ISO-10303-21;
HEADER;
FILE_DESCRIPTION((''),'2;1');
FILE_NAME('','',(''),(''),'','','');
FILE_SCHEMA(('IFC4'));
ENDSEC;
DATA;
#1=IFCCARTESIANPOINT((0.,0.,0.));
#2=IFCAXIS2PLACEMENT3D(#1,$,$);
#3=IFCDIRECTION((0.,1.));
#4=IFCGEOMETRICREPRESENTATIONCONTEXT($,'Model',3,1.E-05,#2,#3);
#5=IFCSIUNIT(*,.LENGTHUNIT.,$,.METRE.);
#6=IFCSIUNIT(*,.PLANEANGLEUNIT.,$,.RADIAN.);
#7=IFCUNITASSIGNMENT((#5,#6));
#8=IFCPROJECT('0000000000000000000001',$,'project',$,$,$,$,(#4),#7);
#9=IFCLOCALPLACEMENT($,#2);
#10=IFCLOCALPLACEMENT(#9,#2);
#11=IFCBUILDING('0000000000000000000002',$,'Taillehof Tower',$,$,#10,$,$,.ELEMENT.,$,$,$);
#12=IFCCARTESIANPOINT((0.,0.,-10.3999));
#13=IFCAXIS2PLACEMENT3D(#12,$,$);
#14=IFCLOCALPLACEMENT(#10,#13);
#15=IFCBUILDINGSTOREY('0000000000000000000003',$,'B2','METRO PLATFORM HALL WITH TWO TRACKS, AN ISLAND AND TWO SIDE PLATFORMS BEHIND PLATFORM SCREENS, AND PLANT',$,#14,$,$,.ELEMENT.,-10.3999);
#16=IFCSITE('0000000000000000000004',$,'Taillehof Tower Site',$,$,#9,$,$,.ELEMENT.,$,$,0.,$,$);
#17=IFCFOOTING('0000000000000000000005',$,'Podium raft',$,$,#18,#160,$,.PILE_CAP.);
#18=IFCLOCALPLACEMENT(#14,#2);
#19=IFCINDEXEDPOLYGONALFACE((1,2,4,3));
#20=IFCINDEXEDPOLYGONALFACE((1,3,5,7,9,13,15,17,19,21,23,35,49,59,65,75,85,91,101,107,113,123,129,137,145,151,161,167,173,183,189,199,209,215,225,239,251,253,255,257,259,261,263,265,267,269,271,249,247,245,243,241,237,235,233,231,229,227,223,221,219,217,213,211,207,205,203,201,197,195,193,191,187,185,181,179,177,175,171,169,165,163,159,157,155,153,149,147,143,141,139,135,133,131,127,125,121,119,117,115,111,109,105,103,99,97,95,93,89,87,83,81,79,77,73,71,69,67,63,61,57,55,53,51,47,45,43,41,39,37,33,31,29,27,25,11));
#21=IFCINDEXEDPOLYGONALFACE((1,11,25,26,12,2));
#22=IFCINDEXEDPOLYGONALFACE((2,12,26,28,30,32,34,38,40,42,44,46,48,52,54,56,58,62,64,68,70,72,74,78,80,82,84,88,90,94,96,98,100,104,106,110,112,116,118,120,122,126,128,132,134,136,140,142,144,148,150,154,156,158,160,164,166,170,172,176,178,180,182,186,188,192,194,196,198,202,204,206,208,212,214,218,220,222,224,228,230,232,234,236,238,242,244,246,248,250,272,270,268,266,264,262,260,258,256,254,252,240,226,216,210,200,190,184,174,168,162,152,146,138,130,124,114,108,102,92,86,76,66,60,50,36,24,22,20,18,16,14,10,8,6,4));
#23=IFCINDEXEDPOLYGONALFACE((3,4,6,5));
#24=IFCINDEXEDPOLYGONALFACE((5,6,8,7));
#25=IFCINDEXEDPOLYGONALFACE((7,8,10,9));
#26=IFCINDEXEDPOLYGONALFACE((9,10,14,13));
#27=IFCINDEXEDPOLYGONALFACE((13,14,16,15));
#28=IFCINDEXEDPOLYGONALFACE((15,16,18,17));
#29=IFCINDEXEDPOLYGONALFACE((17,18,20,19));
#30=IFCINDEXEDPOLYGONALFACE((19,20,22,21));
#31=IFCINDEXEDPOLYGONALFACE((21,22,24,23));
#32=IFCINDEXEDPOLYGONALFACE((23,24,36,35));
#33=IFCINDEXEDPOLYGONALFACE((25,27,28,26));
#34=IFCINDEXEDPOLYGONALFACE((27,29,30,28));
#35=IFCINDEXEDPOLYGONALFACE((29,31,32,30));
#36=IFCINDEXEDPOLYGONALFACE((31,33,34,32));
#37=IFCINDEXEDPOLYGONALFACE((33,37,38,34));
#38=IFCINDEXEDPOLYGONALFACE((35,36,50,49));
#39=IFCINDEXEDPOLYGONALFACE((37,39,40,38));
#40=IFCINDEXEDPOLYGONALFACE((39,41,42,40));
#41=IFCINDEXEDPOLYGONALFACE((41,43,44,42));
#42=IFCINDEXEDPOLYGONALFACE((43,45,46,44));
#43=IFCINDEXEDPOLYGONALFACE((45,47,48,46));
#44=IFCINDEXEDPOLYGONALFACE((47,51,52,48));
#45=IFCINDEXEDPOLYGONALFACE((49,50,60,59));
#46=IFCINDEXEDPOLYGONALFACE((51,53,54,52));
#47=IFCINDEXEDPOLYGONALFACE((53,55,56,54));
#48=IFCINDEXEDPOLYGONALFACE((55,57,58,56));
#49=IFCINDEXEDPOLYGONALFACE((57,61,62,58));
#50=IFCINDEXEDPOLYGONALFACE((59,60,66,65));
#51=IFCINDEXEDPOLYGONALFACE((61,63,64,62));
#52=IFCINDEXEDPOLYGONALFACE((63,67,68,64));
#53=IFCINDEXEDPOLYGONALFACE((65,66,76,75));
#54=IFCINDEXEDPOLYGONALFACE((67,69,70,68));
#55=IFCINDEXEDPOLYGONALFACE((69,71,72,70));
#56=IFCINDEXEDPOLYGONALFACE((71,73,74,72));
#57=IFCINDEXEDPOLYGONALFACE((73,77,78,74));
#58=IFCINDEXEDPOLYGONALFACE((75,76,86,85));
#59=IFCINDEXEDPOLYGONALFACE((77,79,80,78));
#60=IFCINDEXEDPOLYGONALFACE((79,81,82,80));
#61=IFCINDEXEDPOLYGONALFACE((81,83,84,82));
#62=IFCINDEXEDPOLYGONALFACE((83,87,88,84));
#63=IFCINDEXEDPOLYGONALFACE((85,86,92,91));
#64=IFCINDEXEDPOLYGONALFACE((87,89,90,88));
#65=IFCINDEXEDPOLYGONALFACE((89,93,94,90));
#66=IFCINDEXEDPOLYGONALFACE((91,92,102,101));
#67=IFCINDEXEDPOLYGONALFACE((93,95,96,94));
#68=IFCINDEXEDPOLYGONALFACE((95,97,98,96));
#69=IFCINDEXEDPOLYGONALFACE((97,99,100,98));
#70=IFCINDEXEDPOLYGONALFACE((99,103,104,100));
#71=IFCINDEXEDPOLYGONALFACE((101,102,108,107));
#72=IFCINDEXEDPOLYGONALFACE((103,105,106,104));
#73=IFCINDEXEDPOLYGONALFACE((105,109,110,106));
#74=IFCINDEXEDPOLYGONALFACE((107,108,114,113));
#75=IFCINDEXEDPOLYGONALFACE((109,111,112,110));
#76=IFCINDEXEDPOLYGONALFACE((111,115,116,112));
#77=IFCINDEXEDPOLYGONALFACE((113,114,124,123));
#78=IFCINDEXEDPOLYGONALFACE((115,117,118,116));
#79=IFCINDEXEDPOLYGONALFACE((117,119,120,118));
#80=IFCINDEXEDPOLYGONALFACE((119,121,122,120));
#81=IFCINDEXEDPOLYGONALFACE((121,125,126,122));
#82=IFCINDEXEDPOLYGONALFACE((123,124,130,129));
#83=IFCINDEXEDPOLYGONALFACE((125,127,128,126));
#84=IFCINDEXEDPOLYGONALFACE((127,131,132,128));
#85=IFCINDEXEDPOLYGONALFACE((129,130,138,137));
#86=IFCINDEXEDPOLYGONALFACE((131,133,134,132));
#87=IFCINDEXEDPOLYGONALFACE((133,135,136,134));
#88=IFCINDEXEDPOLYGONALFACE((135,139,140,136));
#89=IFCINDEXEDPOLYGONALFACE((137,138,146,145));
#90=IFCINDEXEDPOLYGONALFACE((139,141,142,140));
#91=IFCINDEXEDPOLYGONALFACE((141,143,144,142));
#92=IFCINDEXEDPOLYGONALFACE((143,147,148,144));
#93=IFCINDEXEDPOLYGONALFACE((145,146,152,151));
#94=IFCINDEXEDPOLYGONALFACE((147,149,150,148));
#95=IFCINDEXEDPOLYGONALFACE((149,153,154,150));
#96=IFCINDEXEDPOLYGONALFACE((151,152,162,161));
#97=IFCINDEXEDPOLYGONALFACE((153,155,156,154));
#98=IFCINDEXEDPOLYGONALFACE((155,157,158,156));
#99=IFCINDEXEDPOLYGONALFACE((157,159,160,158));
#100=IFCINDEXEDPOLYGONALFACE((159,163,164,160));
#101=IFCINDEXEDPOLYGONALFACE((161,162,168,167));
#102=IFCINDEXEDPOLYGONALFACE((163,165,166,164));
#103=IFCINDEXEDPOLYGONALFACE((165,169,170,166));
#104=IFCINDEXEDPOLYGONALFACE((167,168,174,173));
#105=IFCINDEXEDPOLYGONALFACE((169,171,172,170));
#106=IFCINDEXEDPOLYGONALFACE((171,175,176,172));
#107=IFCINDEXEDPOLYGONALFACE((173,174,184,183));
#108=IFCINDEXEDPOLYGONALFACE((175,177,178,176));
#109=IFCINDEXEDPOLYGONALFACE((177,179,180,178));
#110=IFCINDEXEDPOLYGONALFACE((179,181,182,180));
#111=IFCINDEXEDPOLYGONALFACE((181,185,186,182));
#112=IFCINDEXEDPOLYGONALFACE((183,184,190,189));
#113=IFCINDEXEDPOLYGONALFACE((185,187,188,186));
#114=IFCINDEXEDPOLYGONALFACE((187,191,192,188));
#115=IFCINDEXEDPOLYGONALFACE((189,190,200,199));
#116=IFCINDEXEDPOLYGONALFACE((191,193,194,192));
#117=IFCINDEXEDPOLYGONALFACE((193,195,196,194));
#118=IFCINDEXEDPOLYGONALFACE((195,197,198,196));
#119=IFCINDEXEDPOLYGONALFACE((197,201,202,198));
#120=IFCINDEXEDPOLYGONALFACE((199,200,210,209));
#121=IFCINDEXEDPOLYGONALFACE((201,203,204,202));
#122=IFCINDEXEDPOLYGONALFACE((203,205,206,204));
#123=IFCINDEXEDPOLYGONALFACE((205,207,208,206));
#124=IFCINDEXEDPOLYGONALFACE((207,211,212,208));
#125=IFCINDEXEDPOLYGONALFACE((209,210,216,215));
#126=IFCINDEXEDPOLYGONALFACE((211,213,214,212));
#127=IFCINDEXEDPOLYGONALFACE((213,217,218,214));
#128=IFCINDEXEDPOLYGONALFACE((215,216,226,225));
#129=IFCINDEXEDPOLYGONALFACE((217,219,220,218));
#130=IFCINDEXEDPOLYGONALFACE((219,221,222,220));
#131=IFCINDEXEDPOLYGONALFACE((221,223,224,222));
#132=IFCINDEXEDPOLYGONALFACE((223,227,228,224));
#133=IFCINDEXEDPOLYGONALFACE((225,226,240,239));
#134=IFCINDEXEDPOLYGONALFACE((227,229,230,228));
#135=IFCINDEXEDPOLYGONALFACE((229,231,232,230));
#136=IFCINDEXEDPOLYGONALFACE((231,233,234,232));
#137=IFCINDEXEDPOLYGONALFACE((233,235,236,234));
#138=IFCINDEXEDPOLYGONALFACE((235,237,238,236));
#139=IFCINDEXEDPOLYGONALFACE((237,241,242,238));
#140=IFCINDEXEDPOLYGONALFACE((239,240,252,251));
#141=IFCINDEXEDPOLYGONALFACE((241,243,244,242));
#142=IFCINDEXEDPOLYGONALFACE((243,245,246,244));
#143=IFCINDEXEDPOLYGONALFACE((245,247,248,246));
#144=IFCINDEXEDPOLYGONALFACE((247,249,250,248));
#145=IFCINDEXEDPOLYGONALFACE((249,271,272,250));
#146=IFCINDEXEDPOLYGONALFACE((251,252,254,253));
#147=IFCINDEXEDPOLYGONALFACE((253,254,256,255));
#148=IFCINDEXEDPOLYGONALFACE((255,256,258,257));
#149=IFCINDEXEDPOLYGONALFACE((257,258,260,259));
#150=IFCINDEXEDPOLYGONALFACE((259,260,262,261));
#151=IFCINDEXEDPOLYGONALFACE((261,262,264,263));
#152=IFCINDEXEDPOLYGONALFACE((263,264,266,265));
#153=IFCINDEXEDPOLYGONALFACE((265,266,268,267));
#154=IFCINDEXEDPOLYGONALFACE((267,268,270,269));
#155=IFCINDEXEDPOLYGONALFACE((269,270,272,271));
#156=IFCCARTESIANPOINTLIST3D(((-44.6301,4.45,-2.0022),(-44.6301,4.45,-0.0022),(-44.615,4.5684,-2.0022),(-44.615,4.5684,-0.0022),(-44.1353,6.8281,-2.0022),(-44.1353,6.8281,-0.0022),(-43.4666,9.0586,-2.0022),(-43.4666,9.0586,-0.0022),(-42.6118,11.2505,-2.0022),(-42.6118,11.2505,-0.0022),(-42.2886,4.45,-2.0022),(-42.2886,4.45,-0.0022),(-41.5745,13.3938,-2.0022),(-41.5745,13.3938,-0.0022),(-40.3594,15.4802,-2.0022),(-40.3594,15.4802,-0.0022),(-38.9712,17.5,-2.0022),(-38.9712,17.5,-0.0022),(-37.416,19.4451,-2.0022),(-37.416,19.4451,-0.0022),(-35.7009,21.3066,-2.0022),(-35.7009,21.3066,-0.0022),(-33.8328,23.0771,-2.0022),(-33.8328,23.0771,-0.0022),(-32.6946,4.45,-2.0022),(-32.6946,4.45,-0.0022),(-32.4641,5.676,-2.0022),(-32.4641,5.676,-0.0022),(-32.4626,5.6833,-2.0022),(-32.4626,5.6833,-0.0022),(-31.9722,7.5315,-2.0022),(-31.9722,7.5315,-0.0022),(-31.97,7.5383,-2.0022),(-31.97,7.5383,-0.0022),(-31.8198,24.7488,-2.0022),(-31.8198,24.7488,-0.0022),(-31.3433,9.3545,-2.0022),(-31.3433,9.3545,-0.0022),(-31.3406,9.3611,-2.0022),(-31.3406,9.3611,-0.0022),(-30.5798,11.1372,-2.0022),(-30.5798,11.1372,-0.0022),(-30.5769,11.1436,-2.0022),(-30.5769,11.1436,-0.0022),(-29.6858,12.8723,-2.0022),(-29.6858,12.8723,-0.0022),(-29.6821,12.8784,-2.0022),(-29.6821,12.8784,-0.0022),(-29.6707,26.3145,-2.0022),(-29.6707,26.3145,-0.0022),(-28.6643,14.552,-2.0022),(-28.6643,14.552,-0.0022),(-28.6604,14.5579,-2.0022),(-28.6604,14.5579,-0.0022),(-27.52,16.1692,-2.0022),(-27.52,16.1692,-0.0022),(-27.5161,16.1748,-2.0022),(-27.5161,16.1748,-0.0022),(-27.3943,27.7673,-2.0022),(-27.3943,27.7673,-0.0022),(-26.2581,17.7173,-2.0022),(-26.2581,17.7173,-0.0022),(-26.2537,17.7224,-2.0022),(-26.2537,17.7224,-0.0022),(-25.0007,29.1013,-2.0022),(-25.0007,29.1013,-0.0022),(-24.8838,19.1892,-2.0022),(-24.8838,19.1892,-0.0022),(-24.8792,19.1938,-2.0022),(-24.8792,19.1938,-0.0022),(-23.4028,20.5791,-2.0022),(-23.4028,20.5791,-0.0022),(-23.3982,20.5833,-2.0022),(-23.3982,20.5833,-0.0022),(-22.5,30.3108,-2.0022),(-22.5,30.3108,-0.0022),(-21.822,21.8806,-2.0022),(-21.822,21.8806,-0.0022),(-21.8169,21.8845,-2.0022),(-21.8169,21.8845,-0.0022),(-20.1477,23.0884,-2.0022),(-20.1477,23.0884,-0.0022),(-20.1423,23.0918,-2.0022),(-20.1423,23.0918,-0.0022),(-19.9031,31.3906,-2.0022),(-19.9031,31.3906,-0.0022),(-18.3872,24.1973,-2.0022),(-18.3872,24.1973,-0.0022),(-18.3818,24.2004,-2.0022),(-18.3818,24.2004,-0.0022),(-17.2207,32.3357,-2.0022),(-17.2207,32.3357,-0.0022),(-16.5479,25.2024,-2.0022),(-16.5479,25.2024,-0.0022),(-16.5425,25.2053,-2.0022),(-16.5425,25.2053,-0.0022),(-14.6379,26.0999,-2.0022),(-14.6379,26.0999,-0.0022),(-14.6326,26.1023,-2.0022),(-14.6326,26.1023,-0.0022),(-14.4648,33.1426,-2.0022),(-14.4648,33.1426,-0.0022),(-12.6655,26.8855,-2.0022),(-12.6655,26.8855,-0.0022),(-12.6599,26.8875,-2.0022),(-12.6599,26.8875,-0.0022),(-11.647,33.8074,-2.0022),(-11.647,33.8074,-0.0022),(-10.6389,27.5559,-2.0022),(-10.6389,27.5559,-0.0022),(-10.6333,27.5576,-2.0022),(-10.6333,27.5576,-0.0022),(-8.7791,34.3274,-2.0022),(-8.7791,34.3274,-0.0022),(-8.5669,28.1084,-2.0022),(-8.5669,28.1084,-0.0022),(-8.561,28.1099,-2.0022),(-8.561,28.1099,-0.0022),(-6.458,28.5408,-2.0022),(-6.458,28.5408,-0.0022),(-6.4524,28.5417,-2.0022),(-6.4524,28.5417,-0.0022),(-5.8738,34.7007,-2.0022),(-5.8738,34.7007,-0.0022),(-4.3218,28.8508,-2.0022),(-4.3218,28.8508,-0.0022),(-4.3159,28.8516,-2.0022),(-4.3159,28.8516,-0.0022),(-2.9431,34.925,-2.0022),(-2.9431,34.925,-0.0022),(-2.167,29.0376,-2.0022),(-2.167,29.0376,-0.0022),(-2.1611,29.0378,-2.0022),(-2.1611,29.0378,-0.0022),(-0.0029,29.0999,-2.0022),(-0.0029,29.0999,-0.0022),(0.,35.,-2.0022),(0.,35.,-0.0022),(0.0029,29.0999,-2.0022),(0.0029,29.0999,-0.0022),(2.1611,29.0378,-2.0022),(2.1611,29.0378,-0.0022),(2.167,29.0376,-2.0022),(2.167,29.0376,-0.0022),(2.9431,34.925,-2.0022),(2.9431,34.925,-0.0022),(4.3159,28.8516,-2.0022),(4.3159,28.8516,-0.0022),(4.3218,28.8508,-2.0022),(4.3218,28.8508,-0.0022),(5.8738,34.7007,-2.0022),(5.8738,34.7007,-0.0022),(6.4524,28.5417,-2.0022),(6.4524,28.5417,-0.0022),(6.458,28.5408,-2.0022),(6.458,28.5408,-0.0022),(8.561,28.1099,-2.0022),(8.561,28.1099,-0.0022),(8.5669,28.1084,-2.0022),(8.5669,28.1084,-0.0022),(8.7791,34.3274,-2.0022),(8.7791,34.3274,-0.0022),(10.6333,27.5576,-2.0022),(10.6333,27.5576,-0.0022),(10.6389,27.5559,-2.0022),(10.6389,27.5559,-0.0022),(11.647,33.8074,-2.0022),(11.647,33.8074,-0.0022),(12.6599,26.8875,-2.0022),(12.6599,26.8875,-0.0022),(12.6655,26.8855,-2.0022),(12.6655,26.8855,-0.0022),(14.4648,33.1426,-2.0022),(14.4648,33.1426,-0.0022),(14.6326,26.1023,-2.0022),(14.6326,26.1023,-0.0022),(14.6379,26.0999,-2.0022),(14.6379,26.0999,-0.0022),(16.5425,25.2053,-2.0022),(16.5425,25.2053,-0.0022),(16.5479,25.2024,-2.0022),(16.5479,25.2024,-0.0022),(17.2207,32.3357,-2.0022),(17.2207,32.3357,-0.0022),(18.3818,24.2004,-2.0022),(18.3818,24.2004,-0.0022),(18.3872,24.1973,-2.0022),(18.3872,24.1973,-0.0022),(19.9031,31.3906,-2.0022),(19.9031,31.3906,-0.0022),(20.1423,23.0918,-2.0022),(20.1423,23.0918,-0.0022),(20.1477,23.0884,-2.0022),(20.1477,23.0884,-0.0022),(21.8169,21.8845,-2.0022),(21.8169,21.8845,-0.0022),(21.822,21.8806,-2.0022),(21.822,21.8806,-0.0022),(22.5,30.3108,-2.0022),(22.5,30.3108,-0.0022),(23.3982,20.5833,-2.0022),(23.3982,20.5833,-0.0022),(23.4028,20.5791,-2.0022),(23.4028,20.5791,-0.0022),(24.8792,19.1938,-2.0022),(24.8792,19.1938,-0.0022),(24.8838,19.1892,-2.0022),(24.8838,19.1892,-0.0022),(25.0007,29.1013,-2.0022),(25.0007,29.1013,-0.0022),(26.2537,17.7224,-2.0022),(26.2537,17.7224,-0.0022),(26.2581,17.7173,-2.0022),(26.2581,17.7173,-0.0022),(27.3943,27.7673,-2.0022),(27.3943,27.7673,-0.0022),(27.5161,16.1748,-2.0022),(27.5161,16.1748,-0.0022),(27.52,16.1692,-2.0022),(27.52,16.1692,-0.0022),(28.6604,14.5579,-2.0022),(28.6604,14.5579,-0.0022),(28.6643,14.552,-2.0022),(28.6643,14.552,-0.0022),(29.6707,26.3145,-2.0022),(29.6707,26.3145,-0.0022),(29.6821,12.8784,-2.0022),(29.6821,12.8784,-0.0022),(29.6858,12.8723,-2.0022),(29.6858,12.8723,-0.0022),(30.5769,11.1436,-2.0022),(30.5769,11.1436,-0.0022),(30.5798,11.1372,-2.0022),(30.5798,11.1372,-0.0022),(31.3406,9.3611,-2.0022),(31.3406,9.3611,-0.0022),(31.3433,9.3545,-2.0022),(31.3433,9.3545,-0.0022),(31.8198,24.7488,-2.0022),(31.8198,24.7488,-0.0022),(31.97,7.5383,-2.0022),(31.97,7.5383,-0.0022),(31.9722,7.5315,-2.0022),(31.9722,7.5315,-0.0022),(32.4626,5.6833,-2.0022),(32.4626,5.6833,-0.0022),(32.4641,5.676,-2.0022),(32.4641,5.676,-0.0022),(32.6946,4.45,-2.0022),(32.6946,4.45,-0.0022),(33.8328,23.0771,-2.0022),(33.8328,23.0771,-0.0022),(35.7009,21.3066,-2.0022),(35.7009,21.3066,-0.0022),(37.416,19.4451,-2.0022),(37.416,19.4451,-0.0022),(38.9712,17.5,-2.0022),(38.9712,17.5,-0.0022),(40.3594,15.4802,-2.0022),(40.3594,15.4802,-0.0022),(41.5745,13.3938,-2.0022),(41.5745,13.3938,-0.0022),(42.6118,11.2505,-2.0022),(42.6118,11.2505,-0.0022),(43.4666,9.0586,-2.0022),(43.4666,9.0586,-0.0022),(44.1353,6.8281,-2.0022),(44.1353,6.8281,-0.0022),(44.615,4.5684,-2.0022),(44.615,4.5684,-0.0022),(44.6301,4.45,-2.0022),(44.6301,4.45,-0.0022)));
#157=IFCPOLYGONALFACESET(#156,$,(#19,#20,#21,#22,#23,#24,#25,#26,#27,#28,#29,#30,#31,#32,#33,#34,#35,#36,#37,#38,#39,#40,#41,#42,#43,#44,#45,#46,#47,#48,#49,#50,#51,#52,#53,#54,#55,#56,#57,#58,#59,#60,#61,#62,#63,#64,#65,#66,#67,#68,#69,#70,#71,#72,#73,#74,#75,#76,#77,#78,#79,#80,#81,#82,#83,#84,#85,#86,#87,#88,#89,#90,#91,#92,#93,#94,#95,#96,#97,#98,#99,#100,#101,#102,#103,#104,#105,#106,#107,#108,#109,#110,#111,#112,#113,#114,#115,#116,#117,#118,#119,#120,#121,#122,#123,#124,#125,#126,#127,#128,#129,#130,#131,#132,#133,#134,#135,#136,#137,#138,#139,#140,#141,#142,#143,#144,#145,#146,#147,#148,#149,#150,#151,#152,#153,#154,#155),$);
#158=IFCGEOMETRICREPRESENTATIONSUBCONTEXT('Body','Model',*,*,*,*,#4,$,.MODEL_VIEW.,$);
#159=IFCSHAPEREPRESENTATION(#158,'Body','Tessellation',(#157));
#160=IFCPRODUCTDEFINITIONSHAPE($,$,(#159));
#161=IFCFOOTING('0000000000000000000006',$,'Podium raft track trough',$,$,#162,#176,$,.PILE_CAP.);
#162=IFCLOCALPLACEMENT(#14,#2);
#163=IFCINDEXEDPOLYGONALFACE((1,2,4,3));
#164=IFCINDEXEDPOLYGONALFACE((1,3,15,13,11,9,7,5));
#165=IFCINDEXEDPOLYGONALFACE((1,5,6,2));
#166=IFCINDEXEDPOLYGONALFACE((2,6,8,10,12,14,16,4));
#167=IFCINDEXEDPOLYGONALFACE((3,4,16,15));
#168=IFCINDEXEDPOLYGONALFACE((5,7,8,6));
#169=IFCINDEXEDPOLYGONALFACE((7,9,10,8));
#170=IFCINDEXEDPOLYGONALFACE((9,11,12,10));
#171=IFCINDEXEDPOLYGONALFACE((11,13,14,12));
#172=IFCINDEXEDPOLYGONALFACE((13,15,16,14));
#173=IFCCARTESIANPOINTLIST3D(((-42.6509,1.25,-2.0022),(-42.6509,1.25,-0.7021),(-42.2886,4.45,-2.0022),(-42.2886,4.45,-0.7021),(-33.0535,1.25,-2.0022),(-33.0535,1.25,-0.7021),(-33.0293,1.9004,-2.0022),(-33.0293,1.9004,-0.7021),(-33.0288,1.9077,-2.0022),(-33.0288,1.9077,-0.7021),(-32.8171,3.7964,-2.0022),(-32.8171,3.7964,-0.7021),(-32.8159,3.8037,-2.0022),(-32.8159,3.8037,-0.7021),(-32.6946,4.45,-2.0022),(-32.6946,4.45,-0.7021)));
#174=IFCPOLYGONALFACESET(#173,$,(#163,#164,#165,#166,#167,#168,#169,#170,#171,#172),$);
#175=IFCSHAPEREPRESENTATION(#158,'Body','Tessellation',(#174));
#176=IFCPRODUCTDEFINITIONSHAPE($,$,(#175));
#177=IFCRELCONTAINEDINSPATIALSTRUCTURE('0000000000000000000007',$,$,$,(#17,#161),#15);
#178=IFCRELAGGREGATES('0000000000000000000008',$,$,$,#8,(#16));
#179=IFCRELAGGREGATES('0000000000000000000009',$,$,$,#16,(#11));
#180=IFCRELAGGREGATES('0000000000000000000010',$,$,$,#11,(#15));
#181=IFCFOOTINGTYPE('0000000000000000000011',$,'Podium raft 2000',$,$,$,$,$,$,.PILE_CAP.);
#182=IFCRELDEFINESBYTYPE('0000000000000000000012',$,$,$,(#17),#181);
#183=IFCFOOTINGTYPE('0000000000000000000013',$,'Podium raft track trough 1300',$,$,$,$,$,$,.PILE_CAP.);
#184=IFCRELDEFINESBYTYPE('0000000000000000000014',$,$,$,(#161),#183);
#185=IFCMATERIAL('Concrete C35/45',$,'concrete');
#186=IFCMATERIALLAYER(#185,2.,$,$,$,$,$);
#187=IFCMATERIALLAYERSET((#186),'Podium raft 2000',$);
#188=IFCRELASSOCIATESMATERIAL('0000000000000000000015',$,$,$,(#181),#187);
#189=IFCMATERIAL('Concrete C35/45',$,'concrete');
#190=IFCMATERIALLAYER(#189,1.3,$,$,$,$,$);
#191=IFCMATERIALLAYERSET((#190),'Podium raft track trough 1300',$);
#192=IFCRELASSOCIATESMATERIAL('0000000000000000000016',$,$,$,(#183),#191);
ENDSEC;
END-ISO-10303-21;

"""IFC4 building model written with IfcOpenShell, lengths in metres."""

from ifc_helpers import new_model, si_unit, direction, frame, origin, place, context, subcontext, project, spatial, polyline, outline, extrude, material, layer, layer_set, type_object, element, save


model = new_model("IFC4")

# Units and contexts
model_context = context("Model", 3, precision=1e-05, world=origin(), true_north=direction((0.0, 1.0)))
body_context = subcontext(model_context, "Body", "Model", "MODEL_VIEW")
ifc_project = project(units=[si_unit("LENGTHUNIT", "METRE"), si_unit("PLANEANGLEUNIT", "RADIAN")], contexts=[model_context])

# Site, building, storey
site_placement = place(None, origin())
site = spatial("IfcSite", under=ifc_project, at=site_placement, Name="Taillehof Tower Site", CompositionType="ELEMENT", RefElevation=0.0)
building_placement = place(site_placement, origin())
building = spatial("IfcBuilding", under=site, at=building_placement, Name="Taillehof Tower", CompositionType="ELEMENT")
storey_placement = place(building_placement, frame((0.0, 0.0, -10.3999)))
storey = spatial("IfcBuildingStorey", under=building, at=storey_placement, Name="B2", Description="METRO PLATFORM HALL WITH TWO TRACKS, AN ISLAND AND TWO SIDE PLATFORMS BEHIND PLATFORM SCREENS, AND PLANT", CompositionType="ELEMENT", Elevation=-10.3999)

# Footings
ifc_material_1 = material(Name="Concrete C35/45", Category="concrete")
ifc_layer_1 = layer(ifc_material_1, 2.0)
ifc_layer_set_1 = layer_set([ifc_layer_1], Name="Podium raft 2000")
footing_type_1 = type_object("IfcFootingType", Name="Podium raft 2000", PredefinedType="PILE_CAP", material=ifc_layer_set_1)
footing_1_placement = place(storey_placement, frame((0.0, 0.0, -2.0022)))
element("IfcFooting", 1, at=footing_1_placement, inside=storey, type_object=footing_type_1, Name="Podium raft", PredefinedType="PILE_CAP", context=body_context, shape_type="SweptSolid", body=[
    extrude(outline(polyline([(-44.615, 4.5684), (-44.1353, 6.8281), (-43.4666, 9.0586), (-42.6118, 11.2505), (-41.5745, 13.3938), (-40.3594, 15.4802), (-38.9712, 17.5), (-37.416, 19.4451), (-35.7009, 21.3066), (-33.8328, 23.0771), (-31.8198, 24.7488), (-29.6707, 26.3145), (-27.3943, 27.7673), (-25.0007, 29.1013), (-22.5, 30.3108), (-19.9031, 31.3906), (-17.2207, 32.3357), (-14.4648, 33.1426), (-11.647, 33.8074), (-8.7791, 34.3274), (-5.8738, 34.7007), (-2.9431, 34.925), (0.0, 35.0), (2.9431, 34.925), (5.8738, 34.7007), (8.7791, 34.3274), (11.647, 33.8074), (14.4648, 33.1426), (17.2207, 32.3357), (19.9031, 31.3906), (22.5, 30.3108), (25.0007, 29.1013), (27.3943, 27.7673), (29.6707, 26.3145), (31.8198, 24.7488), (33.8328, 23.0771), (35.7009, 21.3066), (37.416, 19.4451), (38.9712, 17.5), (40.3594, 15.4802), (41.5745, 13.3938), (42.6118, 11.2505), (43.4666, 9.0586), (44.1353, 6.8281), (44.615, 4.5684), (44.6301, 4.45), (32.6946, 4.45), (32.4641, 5.676), (32.4626, 5.6833), (31.9722, 7.5315), (31.97, 7.5383), (31.3433, 9.3545), (31.3406, 9.3611), (30.5798, 11.1372), (30.5769, 11.1436), (29.6858, 12.8723), (29.6821, 12.8784), (28.6643, 14.552), (28.6604, 14.5579), (27.52, 16.1692), (27.5161, 16.1748), (26.2581, 17.7173), (26.2537, 17.7224), (24.8838, 19.1892), (24.8792, 19.1938), (23.4028, 20.5791), (23.3982, 20.5833), (21.822, 21.8806), (21.8169, 21.8845), (20.1477, 23.0884), (20.1423, 23.0918), (18.3872, 24.1973), (18.3818, 24.2004), (16.5479, 25.2024), (16.5425, 25.2053), (14.6379, 26.0999), (14.6326, 26.1023), (12.6655, 26.8855), (12.6599, 26.8875), (10.6389, 27.5559), (10.6333, 27.5576), (8.5669, 28.1084), (8.561, 28.1099), (6.458, 28.5408), (6.4524, 28.5417), (4.3218, 28.8508), (4.3159, 28.8516), (2.167, 29.0376), (2.1611, 29.0378), (0.0029, 29.0999), (-0.0029, 29.0999), (-2.1611, 29.0378), (-2.167, 29.0376), (-4.3159, 28.8516), (-4.3218, 28.8508), (-6.4524, 28.5417), (-6.458, 28.5408), (-8.561, 28.1099), (-8.5669, 28.1084), (-10.6333, 27.5576), (-10.6389, 27.5559), (-12.6599, 26.8875), (-12.6655, 26.8855), (-14.6326, 26.1023), (-14.6379, 26.0999), (-16.5425, 25.2053), (-16.5479, 25.2024), (-18.3818, 24.2004), (-18.3872, 24.1973), (-20.1423, 23.0918), (-20.1477, 23.0884), (-21.8169, 21.8845), (-21.822, 21.8806), (-23.3982, 20.5833), (-23.4028, 20.5791), (-24.8792, 19.1938), (-24.8838, 19.1892), (-26.2537, 17.7224), (-26.2581, 17.7173), (-27.5161, 16.1748), (-27.52, 16.1692), (-28.6604, 14.5579), (-28.6643, 14.552), (-29.6821, 12.8784), (-29.6858, 12.8723), (-30.5769, 11.1436), (-30.5798, 11.1372), (-31.3406, 9.3611), (-31.3433, 9.3545), (-31.97, 7.5383), (-31.9722, 7.5315), (-32.4626, 5.6833), (-32.4641, 5.676), (-32.6946, 4.45), (-42.2886, 4.45), (-44.6301, 4.45), (-44.615, 4.5684)])), origin(), (0.0, 0.0, 1.0), 2.0),
])
ifc_material_2 = material(Name="Concrete C35/45", Category="concrete")
ifc_layer_2 = layer(ifc_material_2, 1.3)
ifc_layer_set_2 = layer_set([ifc_layer_2], Name="Podium raft track trough 1300")
footing_type_2 = type_object("IfcFootingType", Name="Podium raft track trough 1300", PredefinedType="PILE_CAP", material=ifc_layer_set_2)
footing_2_placement = place(storey_placement, frame((0.0, 0.0, -2.0022)))
element("IfcFooting", 2, at=footing_2_placement, inside=storey, type_object=footing_type_2, Name="Podium raft track trough", PredefinedType="PILE_CAP", context=body_context, shape_type="SweptSolid", body=[
    extrude(outline(polyline([(-32.8159, 3.8037), (-32.8171, 3.7964), (-33.0288, 1.9077), (-33.0293, 1.9004), (-33.0535, 1.25), (-42.6509, 1.25), (-42.2886, 4.45), (-32.6946, 4.45), (-32.8159, 3.8037)])), origin(), (0.0, 0.0, 1.0), 1.3),
])

save(model, "model.ifc")
